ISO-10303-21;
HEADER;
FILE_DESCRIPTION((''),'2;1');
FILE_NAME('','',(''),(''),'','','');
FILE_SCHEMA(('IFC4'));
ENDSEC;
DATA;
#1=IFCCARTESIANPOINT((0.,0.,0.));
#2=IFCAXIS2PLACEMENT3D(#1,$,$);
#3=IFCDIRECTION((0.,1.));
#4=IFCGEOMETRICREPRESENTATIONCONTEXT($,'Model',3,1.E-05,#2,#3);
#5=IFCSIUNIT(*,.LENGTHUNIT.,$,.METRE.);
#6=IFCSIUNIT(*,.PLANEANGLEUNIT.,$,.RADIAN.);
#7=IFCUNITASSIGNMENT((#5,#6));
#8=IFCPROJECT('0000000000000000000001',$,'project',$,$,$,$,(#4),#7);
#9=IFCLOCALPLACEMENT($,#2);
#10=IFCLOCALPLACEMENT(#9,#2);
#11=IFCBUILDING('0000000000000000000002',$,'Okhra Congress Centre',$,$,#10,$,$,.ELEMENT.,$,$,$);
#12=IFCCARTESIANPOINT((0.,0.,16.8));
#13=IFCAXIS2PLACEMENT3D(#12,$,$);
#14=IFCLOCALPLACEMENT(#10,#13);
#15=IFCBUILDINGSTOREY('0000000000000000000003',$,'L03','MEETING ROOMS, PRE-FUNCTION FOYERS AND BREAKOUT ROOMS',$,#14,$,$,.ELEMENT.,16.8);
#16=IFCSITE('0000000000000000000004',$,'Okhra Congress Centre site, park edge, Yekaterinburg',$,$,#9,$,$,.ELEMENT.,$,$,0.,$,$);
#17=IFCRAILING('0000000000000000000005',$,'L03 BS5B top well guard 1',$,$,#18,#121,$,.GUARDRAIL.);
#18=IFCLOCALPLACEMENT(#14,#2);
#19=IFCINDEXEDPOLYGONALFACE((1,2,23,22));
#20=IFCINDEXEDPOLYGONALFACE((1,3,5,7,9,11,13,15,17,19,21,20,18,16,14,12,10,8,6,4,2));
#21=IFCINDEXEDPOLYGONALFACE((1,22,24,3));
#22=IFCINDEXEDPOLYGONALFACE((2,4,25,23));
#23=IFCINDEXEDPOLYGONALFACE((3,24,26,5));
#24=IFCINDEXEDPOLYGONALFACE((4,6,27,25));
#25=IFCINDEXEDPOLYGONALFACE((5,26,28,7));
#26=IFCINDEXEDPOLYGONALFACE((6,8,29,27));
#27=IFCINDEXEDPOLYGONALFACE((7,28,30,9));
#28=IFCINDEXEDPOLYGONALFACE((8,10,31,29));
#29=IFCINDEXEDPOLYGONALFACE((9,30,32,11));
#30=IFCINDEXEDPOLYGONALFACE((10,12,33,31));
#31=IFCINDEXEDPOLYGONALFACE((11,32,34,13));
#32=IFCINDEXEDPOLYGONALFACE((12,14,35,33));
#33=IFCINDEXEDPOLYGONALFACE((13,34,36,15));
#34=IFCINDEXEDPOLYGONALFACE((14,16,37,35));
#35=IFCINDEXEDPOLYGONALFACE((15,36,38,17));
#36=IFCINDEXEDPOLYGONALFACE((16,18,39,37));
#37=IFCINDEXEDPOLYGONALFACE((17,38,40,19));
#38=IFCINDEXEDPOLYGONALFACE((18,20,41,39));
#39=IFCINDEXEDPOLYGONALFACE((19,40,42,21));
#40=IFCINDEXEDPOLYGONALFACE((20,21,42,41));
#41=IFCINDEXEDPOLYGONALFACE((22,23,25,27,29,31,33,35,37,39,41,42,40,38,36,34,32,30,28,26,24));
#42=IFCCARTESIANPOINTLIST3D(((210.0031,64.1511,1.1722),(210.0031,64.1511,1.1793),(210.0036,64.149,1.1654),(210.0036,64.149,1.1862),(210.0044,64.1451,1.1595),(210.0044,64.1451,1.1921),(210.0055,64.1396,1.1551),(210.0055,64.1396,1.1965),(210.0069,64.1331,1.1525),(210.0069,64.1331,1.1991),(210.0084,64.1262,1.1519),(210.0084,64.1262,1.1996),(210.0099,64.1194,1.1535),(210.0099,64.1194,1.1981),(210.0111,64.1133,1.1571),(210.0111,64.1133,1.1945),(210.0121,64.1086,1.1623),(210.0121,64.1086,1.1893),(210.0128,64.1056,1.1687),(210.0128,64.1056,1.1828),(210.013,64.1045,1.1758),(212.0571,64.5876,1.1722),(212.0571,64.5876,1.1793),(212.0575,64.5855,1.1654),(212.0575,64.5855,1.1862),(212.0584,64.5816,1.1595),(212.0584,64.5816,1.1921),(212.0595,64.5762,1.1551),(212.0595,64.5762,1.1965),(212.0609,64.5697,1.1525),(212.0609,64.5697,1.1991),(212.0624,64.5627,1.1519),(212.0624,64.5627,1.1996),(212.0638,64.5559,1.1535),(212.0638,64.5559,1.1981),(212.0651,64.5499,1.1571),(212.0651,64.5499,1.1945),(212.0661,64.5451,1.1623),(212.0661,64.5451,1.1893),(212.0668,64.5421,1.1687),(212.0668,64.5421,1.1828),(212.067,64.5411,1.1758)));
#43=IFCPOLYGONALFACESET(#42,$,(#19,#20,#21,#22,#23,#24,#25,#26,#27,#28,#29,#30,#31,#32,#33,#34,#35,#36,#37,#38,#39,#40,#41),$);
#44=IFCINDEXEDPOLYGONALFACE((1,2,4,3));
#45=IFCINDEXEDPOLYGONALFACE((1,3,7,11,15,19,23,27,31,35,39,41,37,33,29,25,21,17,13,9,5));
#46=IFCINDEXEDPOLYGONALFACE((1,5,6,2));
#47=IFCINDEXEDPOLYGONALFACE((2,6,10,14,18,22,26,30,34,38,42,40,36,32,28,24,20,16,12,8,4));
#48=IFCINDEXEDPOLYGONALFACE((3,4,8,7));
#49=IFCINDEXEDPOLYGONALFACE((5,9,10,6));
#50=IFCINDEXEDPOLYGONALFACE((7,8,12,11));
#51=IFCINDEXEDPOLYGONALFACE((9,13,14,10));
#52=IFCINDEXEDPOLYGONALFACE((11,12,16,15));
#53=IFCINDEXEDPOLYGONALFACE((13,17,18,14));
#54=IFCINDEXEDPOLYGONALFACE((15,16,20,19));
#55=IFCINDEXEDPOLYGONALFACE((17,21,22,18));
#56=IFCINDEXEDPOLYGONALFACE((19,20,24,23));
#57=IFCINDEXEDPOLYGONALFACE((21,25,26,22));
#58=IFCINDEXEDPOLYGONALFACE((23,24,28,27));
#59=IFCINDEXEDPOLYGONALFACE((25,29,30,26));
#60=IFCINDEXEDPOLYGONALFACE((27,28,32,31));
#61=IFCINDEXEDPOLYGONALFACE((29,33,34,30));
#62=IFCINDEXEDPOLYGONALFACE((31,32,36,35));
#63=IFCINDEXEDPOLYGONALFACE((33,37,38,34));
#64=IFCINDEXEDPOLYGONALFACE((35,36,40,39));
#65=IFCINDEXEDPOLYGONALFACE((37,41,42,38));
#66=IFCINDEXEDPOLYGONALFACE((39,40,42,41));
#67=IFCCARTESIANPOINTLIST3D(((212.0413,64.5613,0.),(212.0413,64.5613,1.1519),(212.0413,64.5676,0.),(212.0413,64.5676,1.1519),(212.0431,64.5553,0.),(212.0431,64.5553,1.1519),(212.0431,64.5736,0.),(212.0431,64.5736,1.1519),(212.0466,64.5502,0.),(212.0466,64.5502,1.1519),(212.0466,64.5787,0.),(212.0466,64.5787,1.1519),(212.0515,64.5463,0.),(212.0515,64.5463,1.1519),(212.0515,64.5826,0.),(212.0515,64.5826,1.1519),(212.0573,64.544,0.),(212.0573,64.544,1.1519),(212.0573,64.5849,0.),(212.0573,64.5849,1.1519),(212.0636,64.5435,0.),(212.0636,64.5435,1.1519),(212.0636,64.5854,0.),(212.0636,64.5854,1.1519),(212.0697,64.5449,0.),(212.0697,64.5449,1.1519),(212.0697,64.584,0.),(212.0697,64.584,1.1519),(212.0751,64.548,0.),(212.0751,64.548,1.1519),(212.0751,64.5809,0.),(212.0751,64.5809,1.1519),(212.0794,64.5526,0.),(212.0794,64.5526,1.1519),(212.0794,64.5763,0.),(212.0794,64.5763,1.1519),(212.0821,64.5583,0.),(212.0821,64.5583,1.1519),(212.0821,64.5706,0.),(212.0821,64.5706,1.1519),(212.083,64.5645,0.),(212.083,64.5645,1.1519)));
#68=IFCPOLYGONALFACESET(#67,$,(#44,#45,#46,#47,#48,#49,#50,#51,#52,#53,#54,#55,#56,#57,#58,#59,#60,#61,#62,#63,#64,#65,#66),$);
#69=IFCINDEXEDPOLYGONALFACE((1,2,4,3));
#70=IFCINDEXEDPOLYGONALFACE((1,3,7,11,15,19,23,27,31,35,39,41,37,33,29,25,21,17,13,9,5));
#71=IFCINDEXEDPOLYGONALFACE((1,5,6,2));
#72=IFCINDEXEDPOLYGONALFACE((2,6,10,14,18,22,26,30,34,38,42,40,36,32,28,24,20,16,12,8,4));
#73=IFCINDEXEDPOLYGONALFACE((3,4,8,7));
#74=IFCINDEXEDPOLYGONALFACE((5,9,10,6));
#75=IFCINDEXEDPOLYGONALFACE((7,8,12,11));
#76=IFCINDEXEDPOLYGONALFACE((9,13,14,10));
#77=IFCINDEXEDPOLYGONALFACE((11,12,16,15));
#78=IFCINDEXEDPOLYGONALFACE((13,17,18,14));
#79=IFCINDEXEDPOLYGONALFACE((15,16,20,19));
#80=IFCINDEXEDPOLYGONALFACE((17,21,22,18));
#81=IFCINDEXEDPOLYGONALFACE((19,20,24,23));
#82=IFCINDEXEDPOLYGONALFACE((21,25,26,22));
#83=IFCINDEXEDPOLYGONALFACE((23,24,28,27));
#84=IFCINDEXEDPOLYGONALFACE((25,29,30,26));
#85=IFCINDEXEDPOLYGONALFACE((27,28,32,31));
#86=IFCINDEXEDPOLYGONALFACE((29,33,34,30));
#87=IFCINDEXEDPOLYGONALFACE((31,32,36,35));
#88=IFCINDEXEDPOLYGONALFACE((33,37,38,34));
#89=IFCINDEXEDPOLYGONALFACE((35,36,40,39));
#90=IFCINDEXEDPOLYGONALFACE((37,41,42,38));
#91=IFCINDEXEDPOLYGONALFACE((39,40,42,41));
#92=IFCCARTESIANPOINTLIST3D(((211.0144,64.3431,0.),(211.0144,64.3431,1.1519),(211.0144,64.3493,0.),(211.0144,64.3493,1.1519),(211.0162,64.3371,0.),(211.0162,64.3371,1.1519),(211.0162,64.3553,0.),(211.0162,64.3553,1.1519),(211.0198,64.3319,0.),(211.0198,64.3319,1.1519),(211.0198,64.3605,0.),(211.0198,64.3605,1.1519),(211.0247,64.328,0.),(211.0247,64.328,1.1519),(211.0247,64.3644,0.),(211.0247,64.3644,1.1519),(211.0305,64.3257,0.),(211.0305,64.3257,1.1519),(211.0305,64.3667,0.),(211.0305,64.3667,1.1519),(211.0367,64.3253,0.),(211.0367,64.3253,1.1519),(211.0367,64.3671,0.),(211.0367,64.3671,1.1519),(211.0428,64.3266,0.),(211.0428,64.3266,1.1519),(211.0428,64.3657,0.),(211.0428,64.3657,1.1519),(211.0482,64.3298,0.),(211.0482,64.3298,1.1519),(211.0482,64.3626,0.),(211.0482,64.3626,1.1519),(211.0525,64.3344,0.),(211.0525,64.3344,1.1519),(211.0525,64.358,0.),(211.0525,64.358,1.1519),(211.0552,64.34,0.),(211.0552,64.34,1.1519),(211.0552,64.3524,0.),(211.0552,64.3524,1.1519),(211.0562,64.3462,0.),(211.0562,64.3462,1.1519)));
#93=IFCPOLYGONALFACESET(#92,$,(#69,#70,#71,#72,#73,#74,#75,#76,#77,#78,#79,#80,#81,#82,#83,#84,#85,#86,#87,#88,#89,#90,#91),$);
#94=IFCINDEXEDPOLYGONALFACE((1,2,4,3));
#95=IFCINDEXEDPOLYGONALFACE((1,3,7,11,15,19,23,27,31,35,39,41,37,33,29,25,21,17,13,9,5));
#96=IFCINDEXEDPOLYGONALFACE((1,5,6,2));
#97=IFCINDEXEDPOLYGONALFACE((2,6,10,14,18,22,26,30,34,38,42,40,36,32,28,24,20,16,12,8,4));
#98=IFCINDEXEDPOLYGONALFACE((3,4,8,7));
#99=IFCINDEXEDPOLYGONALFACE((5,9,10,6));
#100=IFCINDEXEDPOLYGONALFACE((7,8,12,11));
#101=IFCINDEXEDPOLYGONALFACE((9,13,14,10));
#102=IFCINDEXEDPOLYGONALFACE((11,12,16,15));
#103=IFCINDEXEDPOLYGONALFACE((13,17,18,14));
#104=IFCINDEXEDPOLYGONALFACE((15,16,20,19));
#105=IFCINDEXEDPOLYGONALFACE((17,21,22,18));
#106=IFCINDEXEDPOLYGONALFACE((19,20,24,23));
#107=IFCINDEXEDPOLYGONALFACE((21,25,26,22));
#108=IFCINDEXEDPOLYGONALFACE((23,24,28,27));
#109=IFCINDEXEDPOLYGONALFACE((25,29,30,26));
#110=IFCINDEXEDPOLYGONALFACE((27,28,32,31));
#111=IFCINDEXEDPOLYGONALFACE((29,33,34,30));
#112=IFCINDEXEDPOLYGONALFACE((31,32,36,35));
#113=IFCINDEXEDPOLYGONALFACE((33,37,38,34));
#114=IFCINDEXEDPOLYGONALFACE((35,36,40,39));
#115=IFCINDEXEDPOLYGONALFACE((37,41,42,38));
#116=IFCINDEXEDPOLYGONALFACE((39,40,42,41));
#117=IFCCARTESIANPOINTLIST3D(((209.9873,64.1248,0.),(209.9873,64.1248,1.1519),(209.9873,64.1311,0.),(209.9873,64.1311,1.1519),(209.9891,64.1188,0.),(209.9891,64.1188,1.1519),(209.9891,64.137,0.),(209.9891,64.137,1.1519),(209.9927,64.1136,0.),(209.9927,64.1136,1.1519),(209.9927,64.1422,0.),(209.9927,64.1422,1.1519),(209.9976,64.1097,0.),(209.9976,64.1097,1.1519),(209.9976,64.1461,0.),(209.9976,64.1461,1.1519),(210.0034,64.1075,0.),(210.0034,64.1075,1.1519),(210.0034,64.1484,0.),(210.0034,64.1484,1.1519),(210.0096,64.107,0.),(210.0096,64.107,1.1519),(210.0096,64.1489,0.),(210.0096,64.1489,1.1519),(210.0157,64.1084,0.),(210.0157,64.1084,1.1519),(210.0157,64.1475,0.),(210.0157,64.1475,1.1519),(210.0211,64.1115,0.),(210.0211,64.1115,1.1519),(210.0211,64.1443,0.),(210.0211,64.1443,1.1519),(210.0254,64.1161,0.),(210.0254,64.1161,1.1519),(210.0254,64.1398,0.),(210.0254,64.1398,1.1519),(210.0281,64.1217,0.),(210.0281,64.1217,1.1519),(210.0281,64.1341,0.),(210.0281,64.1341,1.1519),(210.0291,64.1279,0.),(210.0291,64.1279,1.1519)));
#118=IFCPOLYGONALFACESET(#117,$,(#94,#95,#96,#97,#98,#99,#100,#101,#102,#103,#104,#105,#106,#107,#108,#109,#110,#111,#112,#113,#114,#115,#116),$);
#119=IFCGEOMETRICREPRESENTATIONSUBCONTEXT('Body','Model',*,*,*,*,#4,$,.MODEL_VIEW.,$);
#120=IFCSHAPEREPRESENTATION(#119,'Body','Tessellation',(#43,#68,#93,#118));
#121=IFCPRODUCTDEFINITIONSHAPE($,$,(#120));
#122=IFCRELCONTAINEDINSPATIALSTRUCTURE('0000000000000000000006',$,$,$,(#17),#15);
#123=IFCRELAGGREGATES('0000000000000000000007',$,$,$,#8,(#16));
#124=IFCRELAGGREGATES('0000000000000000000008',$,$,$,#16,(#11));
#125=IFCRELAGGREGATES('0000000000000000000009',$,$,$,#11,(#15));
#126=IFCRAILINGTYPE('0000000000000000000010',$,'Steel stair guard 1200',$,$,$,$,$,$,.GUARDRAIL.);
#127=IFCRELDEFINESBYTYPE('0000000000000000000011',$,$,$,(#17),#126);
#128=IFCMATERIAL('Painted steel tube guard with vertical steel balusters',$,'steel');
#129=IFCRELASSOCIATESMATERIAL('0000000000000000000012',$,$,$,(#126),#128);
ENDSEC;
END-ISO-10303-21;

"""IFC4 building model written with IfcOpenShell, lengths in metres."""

from ifc_helpers import new_model, si_unit, direction, frame, origin, origin_2d, place, context, subcontext, project, spatial, circle, extrude, material, type_object, element, save


model = new_model("IFC4")

# Units and contexts
model_context = context("Model", 3, precision=1e-05, world=origin(), true_north=direction((0.0, 1.0)))
body_context = subcontext(model_context, "Body", "Model", "MODEL_VIEW")
ifc_project = project(units=[si_unit("LENGTHUNIT", "METRE"), si_unit("PLANEANGLEUNIT", "RADIAN")], contexts=[model_context])

# Site, building, storey
site_placement = place(None, origin())
site = spatial("IfcSite", under=ifc_project, at=site_placement, Name="Okhra Congress Centre site, park edge, Yekaterinburg", CompositionType="ELEMENT", RefElevation=0.0)
building_placement = place(site_placement, origin())
building = spatial("IfcBuilding", under=site, at=building_placement, Name="Okhra Congress Centre", CompositionType="ELEMENT")
storey_placement = place(building_placement, frame((0.0, 0.0, 16.8)))
storey = spatial("IfcBuildingStorey", under=building, at=storey_placement, Name="L03", Description="MEETING ROOMS, PRE-FUNCTION FOYERS AND BREAKOUT ROOMS", CompositionType="ELEMENT", Elevation=16.8)

# Railing
ifc_material_1 = material(Name="Painted steel tube guard with vertical steel balusters", Category="steel")
railing_type = type_object("IfcRailingType", Name="Steel stair guard 1200", PredefinedType="GUARDRAIL", material=ifc_material_1)
railing_placement = place(storey_placement, frame((212.062, 64.5645, 0.0)))
element("IfcRailing", 1, at=railing_placement, inside=storey, type_object=railing_type, Name="L03 BS5B top well guard 1", PredefinedType="GUARDRAIL", context=body_context, shape_type="SweptSolid", body=[
    extrude(circle(Radius=0.0239, at=origin_2d()), frame((0.0, 0.0, 1.1758), z_axis=(-0.978153, -0.207885, 0.0), x_axis=(0.207885, -0.978153, 0.0)), (0.0, 0.0, 1.0), 2.0999),
    extrude(circle(Radius=0.021, at=origin_2d()), origin(), (0.0, 0.0, 1.0), 1.1519),
    extrude(circle(Radius=0.021, at=origin_2d()), frame((-1.0269, -0.2183, 0.0)), (0.0, 0.0, 1.0), 1.1519),
    extrude(circle(Radius=0.021, at=origin_2d()), frame((-2.054, -0.4365, 0.0)), (0.0, 0.0, 1.0), 1.1519),
])

save(model, "model.ifc")
